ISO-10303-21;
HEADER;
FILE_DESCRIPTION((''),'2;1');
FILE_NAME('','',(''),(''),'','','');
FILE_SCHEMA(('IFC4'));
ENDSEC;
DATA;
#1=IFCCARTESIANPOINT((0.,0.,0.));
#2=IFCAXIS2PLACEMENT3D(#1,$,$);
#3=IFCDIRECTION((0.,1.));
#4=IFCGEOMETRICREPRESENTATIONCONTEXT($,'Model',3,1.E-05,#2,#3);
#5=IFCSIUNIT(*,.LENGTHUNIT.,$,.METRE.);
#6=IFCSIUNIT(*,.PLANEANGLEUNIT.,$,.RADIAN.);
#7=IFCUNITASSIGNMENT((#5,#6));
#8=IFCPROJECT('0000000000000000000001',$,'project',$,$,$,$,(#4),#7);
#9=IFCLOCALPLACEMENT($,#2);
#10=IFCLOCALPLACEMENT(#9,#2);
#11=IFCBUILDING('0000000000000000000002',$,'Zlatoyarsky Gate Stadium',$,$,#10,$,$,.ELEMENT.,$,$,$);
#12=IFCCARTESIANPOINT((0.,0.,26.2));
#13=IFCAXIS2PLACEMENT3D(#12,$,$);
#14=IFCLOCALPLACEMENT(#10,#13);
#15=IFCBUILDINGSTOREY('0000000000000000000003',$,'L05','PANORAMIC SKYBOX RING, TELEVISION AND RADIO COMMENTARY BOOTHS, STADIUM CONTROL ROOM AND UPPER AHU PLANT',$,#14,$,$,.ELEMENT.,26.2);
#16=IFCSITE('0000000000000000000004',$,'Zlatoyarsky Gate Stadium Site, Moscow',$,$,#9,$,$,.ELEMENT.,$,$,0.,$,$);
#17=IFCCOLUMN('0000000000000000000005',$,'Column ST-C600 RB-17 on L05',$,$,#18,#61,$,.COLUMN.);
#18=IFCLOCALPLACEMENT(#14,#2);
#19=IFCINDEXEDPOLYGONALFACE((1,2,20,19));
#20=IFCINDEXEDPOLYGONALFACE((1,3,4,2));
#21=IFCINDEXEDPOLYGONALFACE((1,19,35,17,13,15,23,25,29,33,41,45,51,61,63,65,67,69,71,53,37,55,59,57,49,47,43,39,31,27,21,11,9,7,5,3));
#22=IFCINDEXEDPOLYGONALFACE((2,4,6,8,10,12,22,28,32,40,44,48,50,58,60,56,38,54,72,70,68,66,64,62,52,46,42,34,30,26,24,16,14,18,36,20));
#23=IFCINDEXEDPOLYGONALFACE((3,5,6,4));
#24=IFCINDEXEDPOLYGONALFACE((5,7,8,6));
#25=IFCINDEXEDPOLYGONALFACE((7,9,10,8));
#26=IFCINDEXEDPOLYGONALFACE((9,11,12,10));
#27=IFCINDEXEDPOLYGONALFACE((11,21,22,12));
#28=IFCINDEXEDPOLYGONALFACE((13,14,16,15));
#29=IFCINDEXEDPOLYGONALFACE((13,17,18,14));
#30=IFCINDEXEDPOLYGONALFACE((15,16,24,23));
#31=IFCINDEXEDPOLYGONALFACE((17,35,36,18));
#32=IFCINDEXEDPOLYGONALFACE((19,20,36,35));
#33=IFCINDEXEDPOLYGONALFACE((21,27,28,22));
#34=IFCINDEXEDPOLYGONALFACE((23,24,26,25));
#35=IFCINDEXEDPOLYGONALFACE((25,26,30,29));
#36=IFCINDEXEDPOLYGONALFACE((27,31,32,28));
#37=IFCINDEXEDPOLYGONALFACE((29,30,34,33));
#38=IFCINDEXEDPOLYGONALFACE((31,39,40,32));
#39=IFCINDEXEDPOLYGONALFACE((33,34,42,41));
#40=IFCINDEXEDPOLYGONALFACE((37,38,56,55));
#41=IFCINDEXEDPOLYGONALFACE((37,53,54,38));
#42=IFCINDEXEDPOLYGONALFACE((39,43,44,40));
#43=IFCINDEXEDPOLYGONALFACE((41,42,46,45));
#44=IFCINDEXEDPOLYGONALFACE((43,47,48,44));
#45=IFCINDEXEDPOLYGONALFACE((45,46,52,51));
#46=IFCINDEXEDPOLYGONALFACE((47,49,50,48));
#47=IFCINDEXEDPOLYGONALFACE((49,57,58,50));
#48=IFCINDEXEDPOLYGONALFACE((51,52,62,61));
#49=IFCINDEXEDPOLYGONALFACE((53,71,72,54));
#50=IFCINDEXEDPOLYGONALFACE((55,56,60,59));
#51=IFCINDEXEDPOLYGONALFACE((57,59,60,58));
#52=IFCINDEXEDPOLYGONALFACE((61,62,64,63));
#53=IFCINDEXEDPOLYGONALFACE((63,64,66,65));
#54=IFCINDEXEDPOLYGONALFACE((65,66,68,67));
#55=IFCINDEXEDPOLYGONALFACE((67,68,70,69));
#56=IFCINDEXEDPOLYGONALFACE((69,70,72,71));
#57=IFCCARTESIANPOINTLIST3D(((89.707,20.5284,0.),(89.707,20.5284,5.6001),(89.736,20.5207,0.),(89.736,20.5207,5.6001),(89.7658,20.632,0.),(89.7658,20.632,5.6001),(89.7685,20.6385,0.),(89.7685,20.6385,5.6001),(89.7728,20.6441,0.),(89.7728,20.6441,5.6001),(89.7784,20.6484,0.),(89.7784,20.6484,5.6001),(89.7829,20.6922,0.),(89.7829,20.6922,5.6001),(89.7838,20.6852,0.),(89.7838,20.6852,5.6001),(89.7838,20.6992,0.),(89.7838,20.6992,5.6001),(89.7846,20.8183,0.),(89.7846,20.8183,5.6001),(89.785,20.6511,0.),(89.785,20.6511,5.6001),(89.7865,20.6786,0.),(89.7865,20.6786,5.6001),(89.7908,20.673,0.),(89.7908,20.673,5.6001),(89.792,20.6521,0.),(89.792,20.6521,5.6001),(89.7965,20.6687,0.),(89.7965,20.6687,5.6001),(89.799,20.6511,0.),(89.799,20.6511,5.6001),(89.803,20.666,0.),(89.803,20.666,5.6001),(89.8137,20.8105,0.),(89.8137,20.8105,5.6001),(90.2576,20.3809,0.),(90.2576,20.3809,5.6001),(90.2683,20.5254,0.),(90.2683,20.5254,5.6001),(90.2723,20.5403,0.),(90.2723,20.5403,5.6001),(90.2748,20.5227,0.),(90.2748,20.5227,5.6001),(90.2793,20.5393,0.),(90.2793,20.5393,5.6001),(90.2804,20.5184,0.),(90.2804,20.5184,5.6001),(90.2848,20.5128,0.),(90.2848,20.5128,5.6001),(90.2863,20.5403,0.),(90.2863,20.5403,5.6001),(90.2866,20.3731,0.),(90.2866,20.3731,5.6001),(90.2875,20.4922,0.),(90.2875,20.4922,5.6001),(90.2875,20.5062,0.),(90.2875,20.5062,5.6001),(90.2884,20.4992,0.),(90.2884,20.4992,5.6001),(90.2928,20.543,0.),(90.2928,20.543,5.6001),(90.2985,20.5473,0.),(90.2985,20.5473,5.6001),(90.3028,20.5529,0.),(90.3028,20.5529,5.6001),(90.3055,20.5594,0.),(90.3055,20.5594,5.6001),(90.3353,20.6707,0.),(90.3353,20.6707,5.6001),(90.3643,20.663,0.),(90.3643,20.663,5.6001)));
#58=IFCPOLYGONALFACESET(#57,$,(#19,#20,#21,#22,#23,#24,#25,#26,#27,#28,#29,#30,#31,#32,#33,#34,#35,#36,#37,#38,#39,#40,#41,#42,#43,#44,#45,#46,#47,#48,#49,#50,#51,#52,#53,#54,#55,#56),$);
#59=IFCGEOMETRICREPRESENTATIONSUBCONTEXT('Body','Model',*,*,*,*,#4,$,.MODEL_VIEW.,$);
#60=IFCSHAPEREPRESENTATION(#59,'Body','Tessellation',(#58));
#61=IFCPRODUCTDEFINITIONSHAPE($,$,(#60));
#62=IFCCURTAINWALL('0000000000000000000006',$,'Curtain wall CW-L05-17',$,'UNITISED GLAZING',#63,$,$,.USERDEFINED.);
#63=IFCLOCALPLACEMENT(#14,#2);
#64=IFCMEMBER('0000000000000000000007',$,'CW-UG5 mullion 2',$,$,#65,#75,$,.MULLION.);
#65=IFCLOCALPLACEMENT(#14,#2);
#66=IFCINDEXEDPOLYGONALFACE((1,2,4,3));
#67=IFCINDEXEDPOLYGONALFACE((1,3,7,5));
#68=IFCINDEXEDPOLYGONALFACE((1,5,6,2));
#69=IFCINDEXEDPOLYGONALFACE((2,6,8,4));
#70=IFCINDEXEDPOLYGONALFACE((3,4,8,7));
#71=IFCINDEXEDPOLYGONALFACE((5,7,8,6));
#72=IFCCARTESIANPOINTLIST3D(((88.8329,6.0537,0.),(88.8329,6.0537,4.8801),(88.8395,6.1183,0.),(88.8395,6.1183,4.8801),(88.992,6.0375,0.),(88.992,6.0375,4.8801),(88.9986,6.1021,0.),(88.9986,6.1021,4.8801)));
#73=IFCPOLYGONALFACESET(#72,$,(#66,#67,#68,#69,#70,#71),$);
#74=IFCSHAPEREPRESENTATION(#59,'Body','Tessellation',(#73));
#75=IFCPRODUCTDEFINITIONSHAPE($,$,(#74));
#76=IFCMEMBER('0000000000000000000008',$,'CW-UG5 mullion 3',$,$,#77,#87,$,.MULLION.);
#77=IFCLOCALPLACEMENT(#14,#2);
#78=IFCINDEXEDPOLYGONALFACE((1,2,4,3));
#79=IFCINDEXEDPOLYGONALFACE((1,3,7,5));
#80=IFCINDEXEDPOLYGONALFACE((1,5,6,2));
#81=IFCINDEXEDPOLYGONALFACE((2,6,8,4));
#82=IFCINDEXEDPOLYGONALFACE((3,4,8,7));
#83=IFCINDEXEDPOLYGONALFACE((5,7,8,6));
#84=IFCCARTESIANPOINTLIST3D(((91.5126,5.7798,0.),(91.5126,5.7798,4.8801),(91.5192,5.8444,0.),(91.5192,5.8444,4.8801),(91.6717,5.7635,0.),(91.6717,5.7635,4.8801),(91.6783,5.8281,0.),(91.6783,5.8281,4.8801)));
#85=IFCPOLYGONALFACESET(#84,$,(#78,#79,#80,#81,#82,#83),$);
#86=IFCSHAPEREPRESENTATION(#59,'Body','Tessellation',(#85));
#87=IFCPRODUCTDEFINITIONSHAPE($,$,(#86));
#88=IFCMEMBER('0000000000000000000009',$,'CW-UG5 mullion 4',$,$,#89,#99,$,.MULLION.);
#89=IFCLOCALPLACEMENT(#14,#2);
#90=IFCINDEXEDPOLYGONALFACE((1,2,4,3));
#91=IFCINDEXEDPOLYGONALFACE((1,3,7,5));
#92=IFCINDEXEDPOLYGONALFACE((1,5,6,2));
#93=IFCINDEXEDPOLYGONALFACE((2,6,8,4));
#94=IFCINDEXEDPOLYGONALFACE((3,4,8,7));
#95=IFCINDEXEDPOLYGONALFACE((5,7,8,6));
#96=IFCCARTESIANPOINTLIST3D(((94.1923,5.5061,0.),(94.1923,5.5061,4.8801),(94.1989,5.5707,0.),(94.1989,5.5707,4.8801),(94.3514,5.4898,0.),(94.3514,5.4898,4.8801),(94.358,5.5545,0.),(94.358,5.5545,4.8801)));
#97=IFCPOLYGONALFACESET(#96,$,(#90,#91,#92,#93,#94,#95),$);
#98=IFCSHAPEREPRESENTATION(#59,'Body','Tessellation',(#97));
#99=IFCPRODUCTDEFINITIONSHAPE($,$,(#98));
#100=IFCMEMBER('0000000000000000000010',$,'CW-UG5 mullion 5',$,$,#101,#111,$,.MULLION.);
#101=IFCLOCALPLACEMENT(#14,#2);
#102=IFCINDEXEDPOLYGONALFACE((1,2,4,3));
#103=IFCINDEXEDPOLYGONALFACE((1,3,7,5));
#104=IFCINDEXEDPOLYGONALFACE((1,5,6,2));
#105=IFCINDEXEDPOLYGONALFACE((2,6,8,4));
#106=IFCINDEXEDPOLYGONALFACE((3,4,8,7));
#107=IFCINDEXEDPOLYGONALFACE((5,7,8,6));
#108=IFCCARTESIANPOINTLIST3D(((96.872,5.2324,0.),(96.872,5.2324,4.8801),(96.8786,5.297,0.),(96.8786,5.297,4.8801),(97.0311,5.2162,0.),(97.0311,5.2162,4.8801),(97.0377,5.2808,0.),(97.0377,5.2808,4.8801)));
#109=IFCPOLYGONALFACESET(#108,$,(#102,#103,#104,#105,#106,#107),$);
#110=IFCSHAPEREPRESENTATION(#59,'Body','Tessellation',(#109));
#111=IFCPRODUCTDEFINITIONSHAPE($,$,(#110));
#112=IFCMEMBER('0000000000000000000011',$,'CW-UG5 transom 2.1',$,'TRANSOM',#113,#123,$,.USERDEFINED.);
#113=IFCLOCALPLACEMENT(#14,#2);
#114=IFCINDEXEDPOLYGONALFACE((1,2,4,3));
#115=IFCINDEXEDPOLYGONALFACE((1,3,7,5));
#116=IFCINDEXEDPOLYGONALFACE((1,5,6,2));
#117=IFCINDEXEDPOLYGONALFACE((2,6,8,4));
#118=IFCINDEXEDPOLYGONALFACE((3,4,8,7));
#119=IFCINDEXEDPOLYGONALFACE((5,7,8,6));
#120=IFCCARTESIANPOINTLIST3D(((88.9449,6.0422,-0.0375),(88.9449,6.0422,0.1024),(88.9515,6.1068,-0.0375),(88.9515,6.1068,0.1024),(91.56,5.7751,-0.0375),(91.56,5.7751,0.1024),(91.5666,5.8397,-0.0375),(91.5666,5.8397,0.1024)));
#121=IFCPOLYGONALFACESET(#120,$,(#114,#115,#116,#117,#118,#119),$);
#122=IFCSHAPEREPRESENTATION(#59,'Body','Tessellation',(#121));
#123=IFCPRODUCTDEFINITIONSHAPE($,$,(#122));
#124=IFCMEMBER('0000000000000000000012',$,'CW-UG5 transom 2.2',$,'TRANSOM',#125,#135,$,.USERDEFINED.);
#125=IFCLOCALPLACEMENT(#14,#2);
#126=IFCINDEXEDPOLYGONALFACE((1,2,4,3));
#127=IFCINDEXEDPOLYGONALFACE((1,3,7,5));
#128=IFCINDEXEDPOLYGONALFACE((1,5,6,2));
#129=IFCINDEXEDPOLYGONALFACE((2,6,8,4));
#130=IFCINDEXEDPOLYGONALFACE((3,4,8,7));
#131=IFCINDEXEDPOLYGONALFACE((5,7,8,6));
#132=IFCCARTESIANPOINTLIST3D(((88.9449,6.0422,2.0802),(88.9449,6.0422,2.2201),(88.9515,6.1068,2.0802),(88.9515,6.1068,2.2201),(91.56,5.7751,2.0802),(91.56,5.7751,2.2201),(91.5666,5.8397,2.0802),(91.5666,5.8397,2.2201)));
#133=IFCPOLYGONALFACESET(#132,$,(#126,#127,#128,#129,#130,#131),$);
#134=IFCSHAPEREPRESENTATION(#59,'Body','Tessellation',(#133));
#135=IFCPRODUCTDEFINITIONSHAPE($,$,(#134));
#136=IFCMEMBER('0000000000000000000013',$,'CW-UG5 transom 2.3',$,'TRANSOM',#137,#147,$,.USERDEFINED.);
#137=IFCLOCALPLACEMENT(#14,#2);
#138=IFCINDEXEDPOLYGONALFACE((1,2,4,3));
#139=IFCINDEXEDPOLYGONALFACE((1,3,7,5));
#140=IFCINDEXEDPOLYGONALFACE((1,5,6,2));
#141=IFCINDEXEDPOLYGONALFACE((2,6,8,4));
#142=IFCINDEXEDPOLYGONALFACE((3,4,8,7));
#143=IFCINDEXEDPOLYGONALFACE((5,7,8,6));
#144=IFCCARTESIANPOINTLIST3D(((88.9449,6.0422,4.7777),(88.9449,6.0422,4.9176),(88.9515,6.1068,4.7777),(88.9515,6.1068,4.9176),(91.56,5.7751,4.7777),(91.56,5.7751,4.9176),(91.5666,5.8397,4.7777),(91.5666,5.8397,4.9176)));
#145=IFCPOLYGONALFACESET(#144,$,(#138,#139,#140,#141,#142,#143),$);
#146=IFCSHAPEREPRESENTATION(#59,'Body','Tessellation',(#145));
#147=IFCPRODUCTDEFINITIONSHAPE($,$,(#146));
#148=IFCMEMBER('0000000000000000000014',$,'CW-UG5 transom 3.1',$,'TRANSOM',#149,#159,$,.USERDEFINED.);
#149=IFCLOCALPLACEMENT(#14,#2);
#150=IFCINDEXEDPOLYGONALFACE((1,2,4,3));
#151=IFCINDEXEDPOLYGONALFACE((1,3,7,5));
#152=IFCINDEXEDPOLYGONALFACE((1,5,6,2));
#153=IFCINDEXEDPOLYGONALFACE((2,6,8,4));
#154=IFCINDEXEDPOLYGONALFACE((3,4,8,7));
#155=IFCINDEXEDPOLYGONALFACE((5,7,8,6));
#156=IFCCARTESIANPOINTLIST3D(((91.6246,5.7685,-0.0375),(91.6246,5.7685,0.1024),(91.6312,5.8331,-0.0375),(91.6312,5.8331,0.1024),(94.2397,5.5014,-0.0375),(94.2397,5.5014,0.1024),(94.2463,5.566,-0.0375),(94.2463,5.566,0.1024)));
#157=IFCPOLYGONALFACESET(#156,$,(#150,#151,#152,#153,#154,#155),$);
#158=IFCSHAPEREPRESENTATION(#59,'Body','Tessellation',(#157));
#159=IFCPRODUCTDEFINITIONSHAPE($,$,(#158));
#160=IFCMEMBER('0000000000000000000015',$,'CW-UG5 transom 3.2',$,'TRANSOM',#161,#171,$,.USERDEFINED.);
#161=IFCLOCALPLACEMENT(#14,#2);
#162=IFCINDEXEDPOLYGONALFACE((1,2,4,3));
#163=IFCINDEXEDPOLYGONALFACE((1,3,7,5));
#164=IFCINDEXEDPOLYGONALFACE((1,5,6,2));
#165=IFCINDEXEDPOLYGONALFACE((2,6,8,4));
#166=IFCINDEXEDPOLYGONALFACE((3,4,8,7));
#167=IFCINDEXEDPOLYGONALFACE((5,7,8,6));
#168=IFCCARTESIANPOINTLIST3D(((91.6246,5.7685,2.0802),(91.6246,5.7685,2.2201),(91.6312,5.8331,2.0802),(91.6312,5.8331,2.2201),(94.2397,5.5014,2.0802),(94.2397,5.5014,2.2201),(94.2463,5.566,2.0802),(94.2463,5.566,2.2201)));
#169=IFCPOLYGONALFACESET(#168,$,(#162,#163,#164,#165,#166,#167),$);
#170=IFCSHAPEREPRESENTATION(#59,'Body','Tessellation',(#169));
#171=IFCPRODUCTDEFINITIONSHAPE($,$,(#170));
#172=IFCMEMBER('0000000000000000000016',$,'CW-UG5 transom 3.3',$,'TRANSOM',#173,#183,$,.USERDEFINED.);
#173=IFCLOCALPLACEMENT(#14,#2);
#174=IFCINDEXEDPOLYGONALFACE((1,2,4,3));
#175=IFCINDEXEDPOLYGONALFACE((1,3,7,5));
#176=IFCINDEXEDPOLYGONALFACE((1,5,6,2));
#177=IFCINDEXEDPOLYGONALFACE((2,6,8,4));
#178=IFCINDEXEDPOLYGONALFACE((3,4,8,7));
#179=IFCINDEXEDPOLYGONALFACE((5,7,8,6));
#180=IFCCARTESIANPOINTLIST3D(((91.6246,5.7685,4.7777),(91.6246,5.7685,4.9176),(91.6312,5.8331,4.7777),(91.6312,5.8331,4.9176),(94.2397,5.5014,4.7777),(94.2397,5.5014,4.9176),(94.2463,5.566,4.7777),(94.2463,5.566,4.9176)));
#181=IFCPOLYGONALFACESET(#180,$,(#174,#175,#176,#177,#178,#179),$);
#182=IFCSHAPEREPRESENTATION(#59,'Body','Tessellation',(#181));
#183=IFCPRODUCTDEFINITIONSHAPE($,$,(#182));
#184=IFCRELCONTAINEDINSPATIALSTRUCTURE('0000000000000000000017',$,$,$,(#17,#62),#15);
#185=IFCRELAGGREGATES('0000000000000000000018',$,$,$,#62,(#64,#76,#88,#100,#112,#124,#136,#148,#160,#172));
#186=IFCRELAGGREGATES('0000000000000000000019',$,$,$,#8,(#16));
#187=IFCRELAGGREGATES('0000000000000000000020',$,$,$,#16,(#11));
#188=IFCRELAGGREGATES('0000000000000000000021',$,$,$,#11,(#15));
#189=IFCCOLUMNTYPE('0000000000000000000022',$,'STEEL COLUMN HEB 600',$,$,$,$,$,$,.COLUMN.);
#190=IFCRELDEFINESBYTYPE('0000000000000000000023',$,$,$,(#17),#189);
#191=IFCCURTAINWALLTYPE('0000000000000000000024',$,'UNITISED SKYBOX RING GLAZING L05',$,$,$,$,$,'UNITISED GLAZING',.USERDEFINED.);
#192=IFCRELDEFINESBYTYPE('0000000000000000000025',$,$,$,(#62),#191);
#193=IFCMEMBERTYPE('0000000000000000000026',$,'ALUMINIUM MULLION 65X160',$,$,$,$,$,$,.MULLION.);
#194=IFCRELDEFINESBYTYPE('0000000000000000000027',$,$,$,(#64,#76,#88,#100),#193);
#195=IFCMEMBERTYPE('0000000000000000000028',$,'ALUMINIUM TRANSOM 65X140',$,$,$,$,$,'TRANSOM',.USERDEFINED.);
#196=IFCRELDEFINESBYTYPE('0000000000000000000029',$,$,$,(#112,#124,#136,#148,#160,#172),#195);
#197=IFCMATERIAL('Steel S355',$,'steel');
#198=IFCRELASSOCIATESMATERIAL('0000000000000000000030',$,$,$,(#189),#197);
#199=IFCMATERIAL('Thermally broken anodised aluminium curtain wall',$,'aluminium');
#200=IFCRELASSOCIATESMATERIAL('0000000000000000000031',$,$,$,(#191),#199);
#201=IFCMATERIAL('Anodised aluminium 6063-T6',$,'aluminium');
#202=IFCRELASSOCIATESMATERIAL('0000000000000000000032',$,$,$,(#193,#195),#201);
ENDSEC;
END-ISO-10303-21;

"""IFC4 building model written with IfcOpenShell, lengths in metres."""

from ifc_helpers import new_model, si_unit, direction, frame, origin, origin_2d, place, context, subcontext, project, spatial, rectangle, i_section, extrude, material, material_profile, profile_set, type_object, element, aggregate, save


model = new_model("IFC4")

# Units and contexts
model_context = context("Model", 3, precision=1e-05, world=origin(), true_north=direction((0.0, 1.0)))
body_context = subcontext(model_context, "Body", "Model", "MODEL_VIEW")
ifc_project = project(units=[si_unit("LENGTHUNIT", "METRE"), si_unit("PLANEANGLEUNIT", "RADIAN")], contexts=[model_context])

# Site, building, storey
site_placement = place(None, origin())
site = spatial("IfcSite", under=ifc_project, at=site_placement, Name="Zlatoyarsky Gate Stadium Site, Moscow", CompositionType="ELEMENT", RefElevation=0.0)
building_placement = place(site_placement, origin())
building = spatial("IfcBuilding", under=site, at=building_placement, Name="Zlatoyarsky Gate Stadium", CompositionType="ELEMENT")
storey_placement = place(building_placement, frame((0.0, 0.0, 26.2)))
storey = spatial("IfcBuildingStorey", under=building, at=storey_placement, Name="L05", Description="PANORAMIC SKYBOX RING, TELEVISION AND RADIO COMMENTARY BOOTHS, STADIUM CONTROL ROOM AND UPPER AHU PLANT", CompositionType="ELEMENT", Elevation=26.2)

# Column
ifc_material_1 = material(Name="Steel S355", Category="steel")
ifc_material_profile_1 = material_profile(ifc_material_1, i_section(OverallWidth=0.3, OverallDepth=0.6001, WebThickness=0.0154, FlangeThickness=0.03, FilletRadius=0.0271, at=origin_2d()), Name="HEB 600")
ifc_profile_set_1 = profile_set([ifc_material_profile_1], Name="Steel S355")
column_type = type_object("IfcColumnType", Name="STEEL COLUMN HEB 600", PredefinedType="COLUMN", material=ifc_profile_set_1)
column_placement = place(storey_placement, frame((90.0356, 20.5957, 0.0), z_axis=(0.0, 0.0, 1.0), x_axis=(-0.258819, -0.965926, 0.0)))
element("IfcColumn", 1, at=column_placement, inside=storey, type_object=column_type, Name="Column ST-C600 RB-17 on L05", PredefinedType="COLUMN", context=body_context, shape_type="SweptSolid", body=[
    extrude(i_section(OverallWidth=0.3, OverallDepth=0.6001, WebThickness=0.0154, FlangeThickness=0.03, FilletRadius=0.0271, at=origin_2d()), origin(), (0.0, 0.0, 1.0), 5.6001),
])

# Curtain wall, members
ifc_material_2 = material(Name="Thermally broken anodised aluminium curtain wall", Category="aluminium")
curtain_wall_type = type_object("IfcCurtainWallType", Name="UNITISED SKYBOX RING GLAZING L05", ElementType="UNITISED GLAZING", PredefinedType="USERDEFINED", material=ifc_material_2)
curtain_wall_placement = place(storey_placement, origin())
curtain_wall = element("IfcCurtainWall", 2, at=curtain_wall_placement, inside=storey, type_object=curtain_wall_type, Name="Curtain wall CW-L05-17", ObjectType="UNITISED GLAZING", PredefinedType="USERDEFINED")
ifc_material_3 = material(Name="Anodised aluminium 6063-T6", Category="aluminium")
ifc_material_profile_2 = material_profile(ifc_material_3, rectangle(XDim=0.0649, YDim=0.1599, at=origin_2d()), Name="ALU 65X160")
ifc_profile_set_2 = profile_set([ifc_material_profile_2], Name="Anodised aluminium 6063-T6")
member_type_1 = type_object("IfcMemberType", Name="ALUMINIUM MULLION 65X160", PredefinedType="MULLION", material=ifc_profile_set_2)
member_1_placement = place(storey_placement, frame((88.9158, 6.0779, 0.0), z_axis=(0.0, 0.0, 1.0), x_axis=(0.101618, 0.994823, 0.0)))
member_1 = element("IfcMember", 3, at=member_1_placement, type_object=member_type_1, Name="CW-UG5 mullion 2", PredefinedType="MULLION", context=body_context, shape_type="SweptSolid", body=[
    extrude(rectangle(XDim=0.0649, YDim=0.1599, at=origin_2d()), origin(), (0.0, 0.0, 1.0), 4.8801),
])
member_2_placement = place(storey_placement, frame((91.5955, 5.804, 0.0), z_axis=(0.0, 0.0, 1.0), x_axis=(0.101618, 0.994823, 0.0)))
member_2 = element("IfcMember", 4, at=member_2_placement, type_object=member_type_1, Name="CW-UG5 mullion 3", PredefinedType="MULLION", context=body_context, shape_type="SweptSolid", body=[
    extrude(rectangle(XDim=0.0649, YDim=0.1599, at=origin_2d()), origin(), (0.0, 0.0, 1.0), 4.8801),
])
member_3_placement = place(storey_placement, frame((94.2751, 5.5303, 0.0), z_axis=(0.0, 0.0, 1.0), x_axis=(0.101618, 0.994823, 0.0)))
member_3 = element("IfcMember", 5, at=member_3_placement, type_object=member_type_1, Name="CW-UG5 mullion 4", PredefinedType="MULLION", context=body_context, shape_type="SweptSolid", body=[
    extrude(rectangle(XDim=0.0649, YDim=0.1599, at=origin_2d()), origin(), (0.0, 0.0, 1.0), 4.8801),
])
member_4_placement = place(storey_placement, frame((96.9548, 5.2566, 0.0), z_axis=(0.0, 0.0, 1.0), x_axis=(0.101618, 0.994823, 0.0)))
member_4 = element("IfcMember", 6, at=member_4_placement, type_object=member_type_1, Name="CW-UG5 mullion 5", PredefinedType="MULLION", context=body_context, shape_type="SweptSolid", body=[
    extrude(rectangle(XDim=0.0649, YDim=0.1599, at=origin_2d()), origin(), (0.0, 0.0, 1.0), 4.8801),
])
ifc_material_profile_3 = material_profile(ifc_material_3, rectangle(XDim=0.0649, YDim=0.1399, at=origin_2d()), Name="ALU 65X140")
ifc_profile_set_3 = profile_set([ifc_material_profile_3], Name="Anodised aluminium 6063-T6")
member_type_2 = type_object("IfcMemberType", Name="ALUMINIUM TRANSOM 65X140", ElementType="TRANSOM", PredefinedType="USERDEFINED", material=ifc_profile_set_3)
member_5_placement = place(storey_placement, frame((88.9482, 6.0745, 0.0325), z_axis=(0.994824, -0.101609, 0.0), x_axis=(0.101609, 0.994824, 0.0)))
member_5 = element("IfcMember", 7, at=member_5_placement, type_object=member_type_2, Name="CW-UG5 transom 2.1", ObjectType="TRANSOM", PredefinedType="USERDEFINED", context=body_context, shape_type="SweptSolid", body=[
    extrude(rectangle(XDim=0.0649, YDim=0.1399, at=origin_2d()), origin(), (0.0, 0.0, 1.0), 2.6287),
])
member_6_placement = place(storey_placement, frame((88.9482, 6.0745, 2.1501), z_axis=(0.994824, -0.101609, 0.0), x_axis=(0.101609, 0.994824, 0.0)))
member_6 = element("IfcMember", 8, at=member_6_placement, type_object=member_type_2, Name="CW-UG5 transom 2.2", ObjectType="TRANSOM", PredefinedType="USERDEFINED", context=body_context, shape_type="SweptSolid", body=[
    extrude(rectangle(XDim=0.0649, YDim=0.1399, at=origin_2d()), origin(), (0.0, 0.0, 1.0), 2.6287),
])
member_7_placement = place(storey_placement, frame((88.9482, 6.0745, 4.8477), z_axis=(0.994824, -0.101609, 0.0), x_axis=(0.101609, 0.994824, 0.0)))
member_7 = element("IfcMember", 9, at=member_7_placement, type_object=member_type_2, Name="CW-UG5 transom 2.3", ObjectType="TRANSOM", PredefinedType="USERDEFINED", context=body_context, shape_type="SweptSolid", body=[
    extrude(rectangle(XDim=0.0649, YDim=0.1399, at=origin_2d()), origin(), (0.0, 0.0, 1.0), 2.6287),
])
member_8_placement = place(storey_placement, frame((91.6279, 5.8008, 0.0325), z_axis=(0.994824, -0.101609, 0.0), x_axis=(0.101609, 0.994824, 0.0)))
member_8 = element("IfcMember", 10, at=member_8_placement, type_object=member_type_2, Name="CW-UG5 transom 3.1", ObjectType="TRANSOM", PredefinedType="USERDEFINED", context=body_context, shape_type="SweptSolid", body=[
    extrude(rectangle(XDim=0.0649, YDim=0.1399, at=origin_2d()), origin(), (0.0, 0.0, 1.0), 2.6287),
])
member_9_placement = place(storey_placement, frame((91.6279, 5.8008, 2.1501), z_axis=(0.994824, -0.101609, 0.0), x_axis=(0.101609, 0.994824, 0.0)))
member_9 = element("IfcMember", 11, at=member_9_placement, type_object=member_type_2, Name="CW-UG5 transom 3.2", ObjectType="TRANSOM", PredefinedType="USERDEFINED", context=body_context, shape_type="SweptSolid", body=[
    extrude(rectangle(XDim=0.0649, YDim=0.1399, at=origin_2d()), origin(), (0.0, 0.0, 1.0), 2.6287),
])
member_10_placement = place(storey_placement, frame((91.6279, 5.8008, 4.8477), z_axis=(0.994824, -0.101609, 0.0), x_axis=(0.101609, 0.994824, 0.0)))
member_10 = element("IfcMember", 12, at=member_10_placement, type_object=member_type_2, Name="CW-UG5 transom 3.3", ObjectType="TRANSOM", PredefinedType="USERDEFINED", context=body_context, shape_type="SweptSolid", body=[
    extrude(rectangle(XDim=0.0649, YDim=0.1399, at=origin_2d()), origin(), (0.0, 0.0, 1.0), 2.6287),
])

aggregate(curtain_wall, [member_1, member_2, member_3, member_4, member_5, member_6, member_7, member_8, member_9, member_10])

save(model, "model.ifc")
